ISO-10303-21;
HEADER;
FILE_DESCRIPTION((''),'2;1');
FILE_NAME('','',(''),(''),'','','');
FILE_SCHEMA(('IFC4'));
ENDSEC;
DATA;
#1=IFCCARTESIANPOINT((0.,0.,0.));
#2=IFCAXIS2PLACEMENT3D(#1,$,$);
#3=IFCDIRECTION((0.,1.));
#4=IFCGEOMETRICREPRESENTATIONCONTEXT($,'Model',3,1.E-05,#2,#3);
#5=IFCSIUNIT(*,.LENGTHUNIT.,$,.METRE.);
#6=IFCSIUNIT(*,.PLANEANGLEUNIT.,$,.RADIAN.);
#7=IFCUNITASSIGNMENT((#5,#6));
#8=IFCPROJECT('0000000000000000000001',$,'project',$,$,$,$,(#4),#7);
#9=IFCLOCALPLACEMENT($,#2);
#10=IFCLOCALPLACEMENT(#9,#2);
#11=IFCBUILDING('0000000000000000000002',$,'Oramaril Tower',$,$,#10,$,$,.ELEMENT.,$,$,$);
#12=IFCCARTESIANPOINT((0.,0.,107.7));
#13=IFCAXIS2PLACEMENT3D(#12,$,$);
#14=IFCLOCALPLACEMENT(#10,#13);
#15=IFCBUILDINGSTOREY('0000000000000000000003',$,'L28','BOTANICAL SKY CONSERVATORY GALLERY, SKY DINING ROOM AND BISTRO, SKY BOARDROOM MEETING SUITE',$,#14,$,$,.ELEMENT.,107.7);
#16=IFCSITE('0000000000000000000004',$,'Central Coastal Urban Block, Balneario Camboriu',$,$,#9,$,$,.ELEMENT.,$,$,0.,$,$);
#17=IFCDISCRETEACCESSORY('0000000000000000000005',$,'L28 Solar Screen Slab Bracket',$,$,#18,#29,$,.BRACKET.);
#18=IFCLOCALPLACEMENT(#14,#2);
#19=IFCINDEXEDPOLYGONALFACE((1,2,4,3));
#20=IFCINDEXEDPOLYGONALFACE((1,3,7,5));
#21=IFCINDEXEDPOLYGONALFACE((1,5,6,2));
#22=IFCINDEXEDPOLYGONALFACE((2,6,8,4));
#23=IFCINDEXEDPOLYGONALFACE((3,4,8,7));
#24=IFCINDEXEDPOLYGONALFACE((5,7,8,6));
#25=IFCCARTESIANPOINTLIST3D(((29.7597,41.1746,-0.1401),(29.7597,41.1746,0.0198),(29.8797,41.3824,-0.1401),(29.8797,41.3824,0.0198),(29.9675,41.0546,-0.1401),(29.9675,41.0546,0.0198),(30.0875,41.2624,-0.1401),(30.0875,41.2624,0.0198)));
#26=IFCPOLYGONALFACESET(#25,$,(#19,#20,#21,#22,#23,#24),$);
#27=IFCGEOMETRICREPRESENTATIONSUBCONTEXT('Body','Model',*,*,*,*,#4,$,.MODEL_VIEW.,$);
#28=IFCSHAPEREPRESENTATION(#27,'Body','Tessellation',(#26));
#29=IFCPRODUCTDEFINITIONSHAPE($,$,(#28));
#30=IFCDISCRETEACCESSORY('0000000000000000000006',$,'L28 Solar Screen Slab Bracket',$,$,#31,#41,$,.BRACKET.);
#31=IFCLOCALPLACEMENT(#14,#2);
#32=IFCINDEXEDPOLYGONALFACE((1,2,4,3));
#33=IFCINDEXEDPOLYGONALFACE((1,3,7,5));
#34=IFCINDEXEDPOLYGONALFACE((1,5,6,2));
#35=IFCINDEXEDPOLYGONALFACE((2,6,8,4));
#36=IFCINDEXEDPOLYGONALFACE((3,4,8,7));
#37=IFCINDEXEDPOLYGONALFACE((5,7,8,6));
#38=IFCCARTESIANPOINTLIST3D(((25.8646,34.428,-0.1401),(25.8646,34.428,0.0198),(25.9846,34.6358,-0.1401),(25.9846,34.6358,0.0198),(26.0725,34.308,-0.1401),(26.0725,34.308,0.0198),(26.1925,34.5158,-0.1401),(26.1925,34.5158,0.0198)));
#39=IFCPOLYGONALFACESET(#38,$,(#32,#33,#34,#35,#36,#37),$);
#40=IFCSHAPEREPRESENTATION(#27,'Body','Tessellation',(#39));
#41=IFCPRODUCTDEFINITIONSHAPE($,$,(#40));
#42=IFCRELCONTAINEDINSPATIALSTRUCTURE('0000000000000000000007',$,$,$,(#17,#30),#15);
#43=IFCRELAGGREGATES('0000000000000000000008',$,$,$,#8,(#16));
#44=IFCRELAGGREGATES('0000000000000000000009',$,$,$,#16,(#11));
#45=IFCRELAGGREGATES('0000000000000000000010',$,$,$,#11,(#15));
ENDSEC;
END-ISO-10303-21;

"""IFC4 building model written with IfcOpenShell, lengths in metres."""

from ifc_helpers import new_model, si_unit, direction, frame, origin, origin_2d, place, context, subcontext, project, spatial, rectangle, extrude, element, save


model = new_model("IFC4")

# Units and contexts
model_context = context("Model", 3, precision=1e-05, world=origin(), true_north=direction((0.0, 1.0)))
body_context = subcontext(model_context, "Body", "Model", "MODEL_VIEW")
ifc_project = project(units=[si_unit("LENGTHUNIT", "METRE"), si_unit("PLANEANGLEUNIT", "RADIAN")], contexts=[model_context])

# Site, building, storey
site_placement = place(None, origin())
site = spatial("IfcSite", under=ifc_project, at=site_placement, Name="Central Coastal Urban Block, Balneario Camboriu", CompositionType="ELEMENT", RefElevation=0.0)
building_placement = place(site_placement, origin())
building = spatial("IfcBuilding", under=site, at=building_placement, Name="Oramaril Tower", CompositionType="ELEMENT")
storey_placement = place(building_placement, frame((0.0, 0.0, 107.7)))
storey = spatial("IfcBuildingStorey", under=building, at=storey_placement, Name="L28", Description="BOTANICAL SKY CONSERVATORY GALLERY, SKY DINING ROOM AND BISTRO, SKY BOARDROOM MEETING SUITE", CompositionType="ELEMENT", Elevation=107.7)

# Discrete accessories
for number, where, z_axis, x_axis, name in (
    (1, (29.9236, 41.2185, -0.1401), (0.0, 0.0, 1.0), (-0.499997, -0.866027, 0.0), "L28 Solar Screen Slab Bracket"),
    (2, (26.0286, 34.4719, -0.1401), (0.0, 0.0, 1.0), (-0.499997, -0.866027, 0.0), "L28 Solar Screen Slab Bracket"),
):
    element("IfcDiscreteAccessory", number, at=place(storey_placement, frame(where, z_axis=z_axis, x_axis=x_axis)), inside=storey, Name=name, PredefinedType="BRACKET", context=body_context, shape_type="SweptSolid", body=[
        extrude(rectangle(XDim=0.24, YDim=0.24, at=origin_2d()), origin(), (0.0, 0.0, 1.0), 0.1599),
    ])

save(model, "model.ifc")
